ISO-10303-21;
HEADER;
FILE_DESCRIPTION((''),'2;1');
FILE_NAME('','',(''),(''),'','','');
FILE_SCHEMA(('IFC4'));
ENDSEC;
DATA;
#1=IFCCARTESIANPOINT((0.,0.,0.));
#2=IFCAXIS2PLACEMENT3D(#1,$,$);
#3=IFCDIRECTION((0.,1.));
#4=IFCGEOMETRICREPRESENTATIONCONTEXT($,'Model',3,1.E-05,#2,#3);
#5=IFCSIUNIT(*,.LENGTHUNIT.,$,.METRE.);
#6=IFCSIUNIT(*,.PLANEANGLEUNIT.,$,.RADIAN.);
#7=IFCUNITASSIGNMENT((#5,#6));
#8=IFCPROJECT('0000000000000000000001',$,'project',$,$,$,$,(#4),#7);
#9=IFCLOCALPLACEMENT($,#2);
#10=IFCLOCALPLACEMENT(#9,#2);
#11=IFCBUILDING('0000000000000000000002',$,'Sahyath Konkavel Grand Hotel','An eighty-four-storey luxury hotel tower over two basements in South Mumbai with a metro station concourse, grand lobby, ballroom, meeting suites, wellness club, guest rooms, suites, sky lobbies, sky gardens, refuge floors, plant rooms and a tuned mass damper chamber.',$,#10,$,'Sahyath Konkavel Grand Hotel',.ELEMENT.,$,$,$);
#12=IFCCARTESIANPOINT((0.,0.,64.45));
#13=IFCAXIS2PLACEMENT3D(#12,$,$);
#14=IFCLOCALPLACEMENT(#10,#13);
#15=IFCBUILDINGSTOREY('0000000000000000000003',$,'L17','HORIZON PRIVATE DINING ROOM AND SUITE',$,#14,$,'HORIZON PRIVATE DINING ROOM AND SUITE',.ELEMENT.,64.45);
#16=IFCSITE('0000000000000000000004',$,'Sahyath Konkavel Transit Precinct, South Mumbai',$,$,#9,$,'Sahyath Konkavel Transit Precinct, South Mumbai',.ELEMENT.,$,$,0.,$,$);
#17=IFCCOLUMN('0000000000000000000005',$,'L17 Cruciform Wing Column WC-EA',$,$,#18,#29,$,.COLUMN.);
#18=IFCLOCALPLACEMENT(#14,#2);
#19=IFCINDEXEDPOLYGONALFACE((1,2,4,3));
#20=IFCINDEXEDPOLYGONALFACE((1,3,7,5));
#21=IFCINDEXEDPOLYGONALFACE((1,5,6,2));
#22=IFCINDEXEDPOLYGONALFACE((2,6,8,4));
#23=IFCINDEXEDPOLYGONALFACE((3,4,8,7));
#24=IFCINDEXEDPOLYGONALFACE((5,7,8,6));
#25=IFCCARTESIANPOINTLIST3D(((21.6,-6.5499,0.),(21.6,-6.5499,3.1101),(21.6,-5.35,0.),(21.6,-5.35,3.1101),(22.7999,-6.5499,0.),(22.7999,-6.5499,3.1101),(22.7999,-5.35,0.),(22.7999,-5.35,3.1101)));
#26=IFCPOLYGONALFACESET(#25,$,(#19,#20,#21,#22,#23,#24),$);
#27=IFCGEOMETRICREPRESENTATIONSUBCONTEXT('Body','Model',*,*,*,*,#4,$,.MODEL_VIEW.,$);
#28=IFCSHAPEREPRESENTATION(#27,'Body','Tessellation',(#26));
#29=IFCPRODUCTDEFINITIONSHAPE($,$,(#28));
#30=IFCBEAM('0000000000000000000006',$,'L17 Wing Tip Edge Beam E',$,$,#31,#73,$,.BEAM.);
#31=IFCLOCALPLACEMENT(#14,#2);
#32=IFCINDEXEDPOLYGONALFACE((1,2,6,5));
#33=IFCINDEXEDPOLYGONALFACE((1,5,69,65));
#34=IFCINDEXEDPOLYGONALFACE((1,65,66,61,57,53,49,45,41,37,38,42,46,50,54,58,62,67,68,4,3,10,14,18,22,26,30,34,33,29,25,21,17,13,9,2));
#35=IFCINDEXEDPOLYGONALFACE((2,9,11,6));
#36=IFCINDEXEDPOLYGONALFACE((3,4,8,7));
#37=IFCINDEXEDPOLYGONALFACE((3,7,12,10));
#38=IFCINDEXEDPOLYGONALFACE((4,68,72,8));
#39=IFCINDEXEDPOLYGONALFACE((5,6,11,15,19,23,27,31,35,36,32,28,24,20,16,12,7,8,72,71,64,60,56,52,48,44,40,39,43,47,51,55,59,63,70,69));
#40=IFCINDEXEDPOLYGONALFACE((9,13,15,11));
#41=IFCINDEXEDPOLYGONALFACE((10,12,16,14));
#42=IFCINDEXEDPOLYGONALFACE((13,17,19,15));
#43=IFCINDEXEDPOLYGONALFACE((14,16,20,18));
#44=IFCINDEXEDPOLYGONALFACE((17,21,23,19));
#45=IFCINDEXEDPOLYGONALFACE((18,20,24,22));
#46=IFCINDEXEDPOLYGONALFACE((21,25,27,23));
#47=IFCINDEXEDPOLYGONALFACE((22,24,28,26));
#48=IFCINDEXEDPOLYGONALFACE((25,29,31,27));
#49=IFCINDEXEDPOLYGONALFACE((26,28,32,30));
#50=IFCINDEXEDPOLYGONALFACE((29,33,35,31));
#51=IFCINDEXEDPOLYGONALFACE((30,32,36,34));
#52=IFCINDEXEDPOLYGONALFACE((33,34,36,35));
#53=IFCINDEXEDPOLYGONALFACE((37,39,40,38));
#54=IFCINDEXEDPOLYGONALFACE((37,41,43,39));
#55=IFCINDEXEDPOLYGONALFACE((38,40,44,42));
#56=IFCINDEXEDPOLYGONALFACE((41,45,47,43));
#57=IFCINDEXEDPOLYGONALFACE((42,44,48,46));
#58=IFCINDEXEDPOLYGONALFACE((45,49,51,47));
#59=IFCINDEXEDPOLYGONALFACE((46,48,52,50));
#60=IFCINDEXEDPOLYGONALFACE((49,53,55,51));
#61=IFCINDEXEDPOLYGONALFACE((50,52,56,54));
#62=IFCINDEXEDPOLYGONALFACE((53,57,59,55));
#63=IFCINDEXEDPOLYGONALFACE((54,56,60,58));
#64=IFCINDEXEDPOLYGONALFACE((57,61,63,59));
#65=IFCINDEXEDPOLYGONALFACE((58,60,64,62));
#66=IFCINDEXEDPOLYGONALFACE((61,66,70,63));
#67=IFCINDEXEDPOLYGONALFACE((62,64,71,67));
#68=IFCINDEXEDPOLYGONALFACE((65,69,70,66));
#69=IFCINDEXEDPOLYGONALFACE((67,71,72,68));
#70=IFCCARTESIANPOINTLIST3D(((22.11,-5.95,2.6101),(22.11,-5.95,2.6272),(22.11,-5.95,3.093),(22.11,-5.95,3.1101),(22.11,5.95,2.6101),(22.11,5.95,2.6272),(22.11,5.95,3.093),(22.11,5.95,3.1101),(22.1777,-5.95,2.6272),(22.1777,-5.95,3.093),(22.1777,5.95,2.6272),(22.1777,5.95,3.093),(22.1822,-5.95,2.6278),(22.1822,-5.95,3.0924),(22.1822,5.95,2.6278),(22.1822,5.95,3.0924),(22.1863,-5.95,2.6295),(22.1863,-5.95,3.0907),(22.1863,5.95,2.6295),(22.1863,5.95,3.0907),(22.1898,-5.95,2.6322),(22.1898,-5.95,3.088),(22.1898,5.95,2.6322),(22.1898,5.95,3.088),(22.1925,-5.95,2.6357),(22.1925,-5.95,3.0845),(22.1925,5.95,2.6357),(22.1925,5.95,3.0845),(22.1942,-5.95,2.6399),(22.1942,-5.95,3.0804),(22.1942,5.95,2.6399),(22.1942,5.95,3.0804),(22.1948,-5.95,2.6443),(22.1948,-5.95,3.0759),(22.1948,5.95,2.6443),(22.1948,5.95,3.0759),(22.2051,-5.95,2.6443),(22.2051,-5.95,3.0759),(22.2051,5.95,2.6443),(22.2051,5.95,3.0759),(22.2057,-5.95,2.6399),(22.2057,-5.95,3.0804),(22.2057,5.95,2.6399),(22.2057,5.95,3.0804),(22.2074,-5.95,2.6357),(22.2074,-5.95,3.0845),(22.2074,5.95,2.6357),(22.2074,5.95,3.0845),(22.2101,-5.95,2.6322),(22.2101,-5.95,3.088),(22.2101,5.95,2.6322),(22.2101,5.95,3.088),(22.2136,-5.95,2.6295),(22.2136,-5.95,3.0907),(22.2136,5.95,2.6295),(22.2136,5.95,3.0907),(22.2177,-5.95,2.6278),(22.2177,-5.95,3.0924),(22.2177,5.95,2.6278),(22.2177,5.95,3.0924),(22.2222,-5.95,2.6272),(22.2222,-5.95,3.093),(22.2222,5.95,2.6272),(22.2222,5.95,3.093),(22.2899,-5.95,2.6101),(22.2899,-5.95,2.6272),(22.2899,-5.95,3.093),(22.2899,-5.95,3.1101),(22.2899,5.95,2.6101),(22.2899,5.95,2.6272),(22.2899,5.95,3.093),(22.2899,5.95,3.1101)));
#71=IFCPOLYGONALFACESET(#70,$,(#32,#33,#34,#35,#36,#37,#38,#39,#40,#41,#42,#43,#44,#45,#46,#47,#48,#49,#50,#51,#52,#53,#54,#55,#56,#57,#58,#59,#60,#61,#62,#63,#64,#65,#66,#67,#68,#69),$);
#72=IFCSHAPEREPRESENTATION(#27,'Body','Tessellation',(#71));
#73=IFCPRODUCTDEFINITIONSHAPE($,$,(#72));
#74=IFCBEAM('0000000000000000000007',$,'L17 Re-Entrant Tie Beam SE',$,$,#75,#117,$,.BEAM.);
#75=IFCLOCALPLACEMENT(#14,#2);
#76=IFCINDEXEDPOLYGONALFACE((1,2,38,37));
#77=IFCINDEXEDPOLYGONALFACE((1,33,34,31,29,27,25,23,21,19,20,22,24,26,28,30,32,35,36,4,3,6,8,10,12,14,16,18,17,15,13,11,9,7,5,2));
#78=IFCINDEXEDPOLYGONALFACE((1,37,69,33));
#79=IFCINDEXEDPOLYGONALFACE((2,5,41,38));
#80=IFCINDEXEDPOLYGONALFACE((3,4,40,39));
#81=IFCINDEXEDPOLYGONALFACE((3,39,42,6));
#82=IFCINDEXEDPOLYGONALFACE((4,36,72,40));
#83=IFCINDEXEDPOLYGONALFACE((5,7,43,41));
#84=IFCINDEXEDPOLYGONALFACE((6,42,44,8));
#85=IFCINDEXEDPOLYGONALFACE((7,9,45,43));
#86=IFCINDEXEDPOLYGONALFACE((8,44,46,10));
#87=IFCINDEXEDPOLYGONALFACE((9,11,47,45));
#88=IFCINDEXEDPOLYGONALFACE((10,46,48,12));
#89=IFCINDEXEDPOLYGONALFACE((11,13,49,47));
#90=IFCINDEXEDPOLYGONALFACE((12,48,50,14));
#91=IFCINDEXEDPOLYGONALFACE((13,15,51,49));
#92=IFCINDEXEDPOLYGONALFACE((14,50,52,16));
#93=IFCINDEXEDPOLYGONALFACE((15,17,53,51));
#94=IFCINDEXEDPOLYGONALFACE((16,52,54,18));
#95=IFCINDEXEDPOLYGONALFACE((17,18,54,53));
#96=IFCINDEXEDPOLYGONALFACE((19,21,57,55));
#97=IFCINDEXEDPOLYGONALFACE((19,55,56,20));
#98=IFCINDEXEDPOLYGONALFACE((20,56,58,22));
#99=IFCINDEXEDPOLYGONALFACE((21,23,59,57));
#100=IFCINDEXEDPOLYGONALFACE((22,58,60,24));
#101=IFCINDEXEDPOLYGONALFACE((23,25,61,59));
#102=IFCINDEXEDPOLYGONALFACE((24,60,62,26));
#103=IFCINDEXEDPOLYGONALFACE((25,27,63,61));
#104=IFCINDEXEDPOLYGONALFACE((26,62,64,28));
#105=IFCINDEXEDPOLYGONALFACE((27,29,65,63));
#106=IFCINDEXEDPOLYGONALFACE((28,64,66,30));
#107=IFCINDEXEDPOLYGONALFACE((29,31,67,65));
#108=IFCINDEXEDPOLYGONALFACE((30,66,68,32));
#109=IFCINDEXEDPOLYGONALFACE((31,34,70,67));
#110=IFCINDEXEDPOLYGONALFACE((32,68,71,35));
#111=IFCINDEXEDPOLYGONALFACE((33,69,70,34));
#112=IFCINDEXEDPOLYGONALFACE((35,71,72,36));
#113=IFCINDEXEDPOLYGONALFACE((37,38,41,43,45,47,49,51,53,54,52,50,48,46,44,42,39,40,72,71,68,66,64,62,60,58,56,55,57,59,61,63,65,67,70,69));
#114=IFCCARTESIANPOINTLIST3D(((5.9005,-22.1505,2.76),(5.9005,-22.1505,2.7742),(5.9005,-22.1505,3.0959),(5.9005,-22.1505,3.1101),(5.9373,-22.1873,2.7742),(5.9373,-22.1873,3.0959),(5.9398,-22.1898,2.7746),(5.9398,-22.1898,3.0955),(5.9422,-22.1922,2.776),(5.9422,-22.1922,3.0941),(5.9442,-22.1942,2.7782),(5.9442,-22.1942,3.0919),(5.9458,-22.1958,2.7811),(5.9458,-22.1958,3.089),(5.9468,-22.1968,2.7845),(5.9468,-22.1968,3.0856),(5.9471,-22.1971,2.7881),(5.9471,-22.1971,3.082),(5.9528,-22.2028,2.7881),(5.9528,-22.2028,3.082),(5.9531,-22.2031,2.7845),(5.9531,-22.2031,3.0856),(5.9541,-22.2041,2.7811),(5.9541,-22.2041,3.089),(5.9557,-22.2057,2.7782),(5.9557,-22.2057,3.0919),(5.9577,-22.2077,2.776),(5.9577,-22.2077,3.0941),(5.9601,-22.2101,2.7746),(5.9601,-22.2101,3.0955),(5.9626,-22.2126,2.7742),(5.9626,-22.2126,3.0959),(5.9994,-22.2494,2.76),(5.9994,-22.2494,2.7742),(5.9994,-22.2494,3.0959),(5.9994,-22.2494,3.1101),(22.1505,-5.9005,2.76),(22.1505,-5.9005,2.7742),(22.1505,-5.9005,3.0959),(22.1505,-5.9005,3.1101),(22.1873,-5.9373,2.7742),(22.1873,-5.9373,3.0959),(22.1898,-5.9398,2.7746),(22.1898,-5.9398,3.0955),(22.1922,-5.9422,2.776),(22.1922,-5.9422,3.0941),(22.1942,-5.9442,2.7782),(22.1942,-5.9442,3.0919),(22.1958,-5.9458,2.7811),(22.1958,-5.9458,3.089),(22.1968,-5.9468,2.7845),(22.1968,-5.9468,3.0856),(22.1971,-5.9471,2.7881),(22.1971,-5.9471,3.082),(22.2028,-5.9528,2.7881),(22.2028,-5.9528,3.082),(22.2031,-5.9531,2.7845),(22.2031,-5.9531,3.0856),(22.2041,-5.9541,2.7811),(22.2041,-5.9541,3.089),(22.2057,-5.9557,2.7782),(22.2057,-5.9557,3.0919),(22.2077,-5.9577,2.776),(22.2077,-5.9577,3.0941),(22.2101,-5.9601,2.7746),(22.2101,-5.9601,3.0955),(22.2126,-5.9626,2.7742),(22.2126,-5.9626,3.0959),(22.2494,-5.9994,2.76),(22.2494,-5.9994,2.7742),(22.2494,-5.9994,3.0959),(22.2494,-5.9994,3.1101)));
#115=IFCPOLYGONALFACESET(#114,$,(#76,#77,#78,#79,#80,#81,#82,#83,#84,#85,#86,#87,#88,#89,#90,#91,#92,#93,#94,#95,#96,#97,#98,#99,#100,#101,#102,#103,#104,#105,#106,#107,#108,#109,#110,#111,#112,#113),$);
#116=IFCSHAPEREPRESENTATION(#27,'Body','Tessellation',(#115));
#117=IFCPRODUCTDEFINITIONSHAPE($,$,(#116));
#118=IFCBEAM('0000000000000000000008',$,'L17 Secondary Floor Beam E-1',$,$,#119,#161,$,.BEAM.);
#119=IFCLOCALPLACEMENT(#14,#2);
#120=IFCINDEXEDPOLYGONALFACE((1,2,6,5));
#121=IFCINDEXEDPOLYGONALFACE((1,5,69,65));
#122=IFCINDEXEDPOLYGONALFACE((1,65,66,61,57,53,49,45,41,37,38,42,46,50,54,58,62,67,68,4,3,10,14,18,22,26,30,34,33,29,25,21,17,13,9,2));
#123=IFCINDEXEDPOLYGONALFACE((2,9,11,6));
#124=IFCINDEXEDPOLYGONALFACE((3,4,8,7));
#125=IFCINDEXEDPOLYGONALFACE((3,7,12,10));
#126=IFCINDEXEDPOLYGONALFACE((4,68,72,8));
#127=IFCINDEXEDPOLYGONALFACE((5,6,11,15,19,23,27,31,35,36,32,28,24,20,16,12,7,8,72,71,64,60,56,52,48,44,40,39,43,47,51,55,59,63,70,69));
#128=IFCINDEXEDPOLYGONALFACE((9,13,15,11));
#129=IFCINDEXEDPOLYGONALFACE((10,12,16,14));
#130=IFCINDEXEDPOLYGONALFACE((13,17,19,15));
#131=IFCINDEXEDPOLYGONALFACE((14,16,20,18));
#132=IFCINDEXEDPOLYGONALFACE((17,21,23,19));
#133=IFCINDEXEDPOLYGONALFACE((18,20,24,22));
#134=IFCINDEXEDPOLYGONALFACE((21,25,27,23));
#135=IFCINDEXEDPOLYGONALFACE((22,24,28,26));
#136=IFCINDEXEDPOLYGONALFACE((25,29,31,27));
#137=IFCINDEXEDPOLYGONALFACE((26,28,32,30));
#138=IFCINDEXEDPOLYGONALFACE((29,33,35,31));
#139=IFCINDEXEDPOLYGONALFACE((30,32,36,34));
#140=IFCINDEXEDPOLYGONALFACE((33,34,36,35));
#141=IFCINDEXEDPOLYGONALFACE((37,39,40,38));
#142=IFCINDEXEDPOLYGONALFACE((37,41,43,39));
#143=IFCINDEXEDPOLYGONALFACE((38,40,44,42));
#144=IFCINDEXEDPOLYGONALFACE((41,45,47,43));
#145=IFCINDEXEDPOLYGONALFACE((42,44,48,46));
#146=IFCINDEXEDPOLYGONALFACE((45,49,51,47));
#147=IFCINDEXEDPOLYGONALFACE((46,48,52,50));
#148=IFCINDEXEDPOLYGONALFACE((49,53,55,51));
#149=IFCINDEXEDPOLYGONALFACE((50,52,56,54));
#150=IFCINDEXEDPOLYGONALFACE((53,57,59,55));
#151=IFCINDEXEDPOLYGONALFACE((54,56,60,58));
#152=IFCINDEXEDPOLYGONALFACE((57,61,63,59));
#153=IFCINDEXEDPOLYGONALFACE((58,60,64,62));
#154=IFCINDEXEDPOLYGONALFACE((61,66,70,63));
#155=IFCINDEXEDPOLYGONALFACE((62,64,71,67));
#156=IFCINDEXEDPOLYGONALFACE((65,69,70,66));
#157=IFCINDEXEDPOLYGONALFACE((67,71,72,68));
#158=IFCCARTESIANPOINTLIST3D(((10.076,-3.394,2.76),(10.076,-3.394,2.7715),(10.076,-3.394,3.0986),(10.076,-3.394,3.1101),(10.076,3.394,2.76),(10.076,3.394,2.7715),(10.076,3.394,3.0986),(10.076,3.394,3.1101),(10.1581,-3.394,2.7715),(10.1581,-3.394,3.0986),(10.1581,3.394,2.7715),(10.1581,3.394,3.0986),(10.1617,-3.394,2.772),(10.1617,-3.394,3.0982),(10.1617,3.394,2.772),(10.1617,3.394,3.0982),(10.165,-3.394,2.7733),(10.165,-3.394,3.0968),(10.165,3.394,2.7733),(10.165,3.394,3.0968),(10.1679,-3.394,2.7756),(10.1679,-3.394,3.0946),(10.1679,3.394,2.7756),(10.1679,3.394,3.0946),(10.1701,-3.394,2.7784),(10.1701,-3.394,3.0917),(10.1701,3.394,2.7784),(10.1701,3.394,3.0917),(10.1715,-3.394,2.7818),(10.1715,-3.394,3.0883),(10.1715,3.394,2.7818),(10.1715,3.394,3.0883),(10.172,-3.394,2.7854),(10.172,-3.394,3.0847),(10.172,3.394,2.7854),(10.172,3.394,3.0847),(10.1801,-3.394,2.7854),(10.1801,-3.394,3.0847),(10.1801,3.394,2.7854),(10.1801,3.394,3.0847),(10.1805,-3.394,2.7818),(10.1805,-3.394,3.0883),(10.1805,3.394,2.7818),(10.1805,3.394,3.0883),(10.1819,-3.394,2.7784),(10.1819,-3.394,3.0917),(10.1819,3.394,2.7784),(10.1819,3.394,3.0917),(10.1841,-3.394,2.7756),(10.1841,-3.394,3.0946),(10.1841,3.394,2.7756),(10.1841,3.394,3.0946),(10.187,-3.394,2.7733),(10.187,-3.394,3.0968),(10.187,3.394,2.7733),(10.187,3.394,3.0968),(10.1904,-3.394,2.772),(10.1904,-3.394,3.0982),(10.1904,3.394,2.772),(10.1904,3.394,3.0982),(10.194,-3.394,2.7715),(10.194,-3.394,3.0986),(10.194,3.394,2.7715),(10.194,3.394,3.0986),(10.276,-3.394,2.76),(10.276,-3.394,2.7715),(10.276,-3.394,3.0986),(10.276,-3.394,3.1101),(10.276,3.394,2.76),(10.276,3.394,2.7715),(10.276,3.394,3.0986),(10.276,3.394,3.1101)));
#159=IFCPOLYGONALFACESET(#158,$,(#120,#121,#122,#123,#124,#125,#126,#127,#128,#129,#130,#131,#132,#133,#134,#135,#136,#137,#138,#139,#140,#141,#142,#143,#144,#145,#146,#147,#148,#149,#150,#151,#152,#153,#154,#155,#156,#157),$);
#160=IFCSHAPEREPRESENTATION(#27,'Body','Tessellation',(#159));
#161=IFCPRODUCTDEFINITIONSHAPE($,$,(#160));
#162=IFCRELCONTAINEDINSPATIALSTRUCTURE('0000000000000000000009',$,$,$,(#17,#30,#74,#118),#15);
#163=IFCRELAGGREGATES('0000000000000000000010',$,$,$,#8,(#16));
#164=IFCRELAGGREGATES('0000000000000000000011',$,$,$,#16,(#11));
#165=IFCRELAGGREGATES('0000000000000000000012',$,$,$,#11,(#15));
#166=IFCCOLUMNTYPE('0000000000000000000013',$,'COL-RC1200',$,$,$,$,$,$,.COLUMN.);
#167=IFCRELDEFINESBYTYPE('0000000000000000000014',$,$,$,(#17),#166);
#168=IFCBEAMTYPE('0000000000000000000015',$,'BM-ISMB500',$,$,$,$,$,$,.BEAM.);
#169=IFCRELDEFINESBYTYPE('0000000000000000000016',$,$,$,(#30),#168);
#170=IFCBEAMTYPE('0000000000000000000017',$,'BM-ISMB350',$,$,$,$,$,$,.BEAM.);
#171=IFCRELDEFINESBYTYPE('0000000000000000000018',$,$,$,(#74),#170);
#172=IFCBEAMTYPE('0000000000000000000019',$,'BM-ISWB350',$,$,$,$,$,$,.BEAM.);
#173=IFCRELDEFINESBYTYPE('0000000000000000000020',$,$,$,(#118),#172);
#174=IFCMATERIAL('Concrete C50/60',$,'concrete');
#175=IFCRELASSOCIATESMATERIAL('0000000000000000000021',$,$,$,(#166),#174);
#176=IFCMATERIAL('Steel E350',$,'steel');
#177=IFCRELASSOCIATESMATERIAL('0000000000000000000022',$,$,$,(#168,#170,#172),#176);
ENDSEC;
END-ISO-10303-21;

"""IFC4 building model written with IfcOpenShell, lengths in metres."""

from ifc_helpers import new_model, si_unit, direction, frame, origin, origin_2d, place, context, subcontext, project, spatial, rectangle, i_section, extrude, source, transform, mapped, material, material_profile, profile_set, type_object, element, save


model = new_model("IFC4")

# Units and contexts
model_context = context("Model", 3, precision=1e-05, world=origin(), true_north=direction((0.0, 1.0)))
body_context = subcontext(model_context, "Body", "Model", "MODEL_VIEW")
ifc_project = project(units=[si_unit("LENGTHUNIT", "METRE"), si_unit("PLANEANGLEUNIT", "RADIAN")], contexts=[model_context])

# Site, building, storey
site_placement = place(None, origin())
site = spatial("IfcSite", under=ifc_project, at=site_placement, Name="Sahyath Konkavel Transit Precinct, South Mumbai", LongName="Sahyath Konkavel Transit Precinct, South Mumbai", CompositionType="ELEMENT", RefElevation=0.0)
building_placement = place(site_placement, origin())
building = spatial("IfcBuilding", under=site, at=building_placement, Name="Sahyath Konkavel Grand Hotel", Description="An eighty-four-storey luxury hotel tower over two basements in South Mumbai with a metro station concourse, grand lobby, ballroom, meeting suites, wellness club, guest rooms, suites, sky lobbies, sky gardens, refuge floors, plant rooms and a tuned mass damper chamber.", LongName="Sahyath Konkavel Grand Hotel", CompositionType="ELEMENT")
storey_placement = place(building_placement, frame((0.0, 0.0, 64.45)))
storey = spatial("IfcBuildingStorey", under=building, at=storey_placement, Name="L17", Description="HORIZON PRIVATE DINING ROOM AND SUITE", LongName="HORIZON PRIVATE DINING ROOM AND SUITE", CompositionType="ELEMENT", Elevation=64.45)

# Column
ifc_material_1 = material(Name="Concrete C50/60", Category="concrete")
ifc_material_profile_1 = material_profile(ifc_material_1, rectangle(XDim=1.2, YDim=1.2, at=origin_2d()), Name="RC 1200x1200")
ifc_profile_set_1 = profile_set([ifc_material_profile_1], Name="Concrete C50/60")
column_type = type_object("IfcColumnType", Name="COL-RC1200", PredefinedType="COLUMN", material=ifc_profile_set_1)
shared_shape_1 = source(origin(), body_context, "Body", "SweptSolid", [
    extrude(rectangle(XDim=1.2, YDim=1.2, at=origin_2d()), origin(), (0.0, 0.0, 1.0), 3.1101),
])
column_placement = place(storey_placement, frame((22.2, -5.95, 0.0), z_axis=(0.0, 0.0, 1.0), x_axis=(1.0, 0.0, 0.0)))
element("IfcColumn", 1, at=column_placement, inside=storey, type_object=column_type, Name="L17 Cruciform Wing Column WC-EA", PredefinedType="COLUMN", context=body_context, shape_type="MappedRepresentation", body=[
    mapped(shared_shape_1, transform((0.0, 0.0, 0.0), scale=1.0)),
])

# Beams
ifc_material_2 = material(Name="Steel E350", Category="steel")
ifc_material_profile_2 = material_profile(ifc_material_2, i_section(OverallWidth=0.1799, OverallDepth=0.5, WebThickness=0.0103, FlangeThickness=0.0171, FilletRadius=0.0171, at=origin_2d()), Name="ISMB 500")
ifc_profile_set_2 = profile_set([ifc_material_profile_2], Name="Steel E350")
beam_type_1 = type_object("IfcBeamType", Name="BM-ISMB500", PredefinedType="BEAM", material=ifc_profile_set_2)
shared_shape_2 = source(origin(), body_context, "Body", "SweptSolid", [
    extrude(i_section(OverallWidth=0.1799, OverallDepth=0.5, WebThickness=0.0103, FlangeThickness=0.0171, FilletRadius=0.0171, at=origin_2d()), origin(), (0.0, 0.0, 1.0), 11.8999),
])
beam_1_placement = place(storey_placement, frame((22.2, -5.95, 2.8601), z_axis=(0.0, 1.0, 0.0), x_axis=(-1.0, 0.0, 0.0)))
element("IfcBeam", 2, at=beam_1_placement, inside=storey, type_object=beam_type_1, Name="L17 Wing Tip Edge Beam E", PredefinedType="BEAM", context=body_context, shape_type="MappedRepresentation", body=[
    mapped(shared_shape_2, transform((0.0, 0.0, 0.0), scale=1.0)),
])
ifc_material_profile_3 = material_profile(ifc_material_2, i_section(OverallWidth=0.1399, OverallDepth=0.3501, WebThickness=0.0081, FlangeThickness=0.0142, FilletRadius=0.0139, at=origin_2d()), Name="ISMB 350")
ifc_profile_set_3 = profile_set([ifc_material_profile_3], Name="Steel E350")
beam_type_2 = type_object("IfcBeamType", Name="BM-ISMB350", PredefinedType="BEAM", material=ifc_profile_set_3)
shared_shape_3 = source(origin(), body_context, "Body", "SweptSolid", [
    extrude(i_section(OverallWidth=0.1399, OverallDepth=0.3501, WebThickness=0.0081, FlangeThickness=0.0142, FilletRadius=0.0139, at=origin_2d()), origin(), (0.0, 0.0, 1.0), 22.981),
])
beam_2_placement = place(storey_placement, frame((22.2, -5.95, 2.9351), z_axis=(-0.707107, -0.707107, 0.0), x_axis=(0.707107, -0.707107, 0.0)))
element("IfcBeam", 3, at=beam_2_placement, inside=storey, type_object=beam_type_2, Name="L17 Re-Entrant Tie Beam SE", PredefinedType="BEAM", context=body_context, shape_type="MappedRepresentation", body=[
    mapped(shared_shape_3, transform((0.0, 0.0, 0.0), scale=1.0)),
])
ifc_material_profile_4 = material_profile(ifc_material_2, i_section(OverallWidth=0.2, OverallDepth=0.3501, WebThickness=0.0081, FlangeThickness=0.0115, FilletRadius=0.0139, at=origin_2d()), Name="ISWB 350")
ifc_profile_set_4 = profile_set([ifc_material_profile_4], Name="Steel E350")
beam_type_3 = type_object("IfcBeamType", Name="BM-ISWB350", PredefinedType="BEAM", material=ifc_profile_set_4)
shared_shape_4 = source(origin(), body_context, "Body", "SweptSolid", [
    extrude(i_section(OverallWidth=0.2, OverallDepth=0.3501, WebThickness=0.0081, FlangeThickness=0.0115, FilletRadius=0.0139, at=origin_2d()), origin(), (0.0, 0.0, 1.0), 6.7881),
])
beam_3_placement = place(storey_placement, frame((10.176, -3.394, 2.9351), z_axis=(0.0, 1.0, 0.0), x_axis=(-1.0, 0.0, 0.0)))
element("IfcBeam", 4, at=beam_3_placement, inside=storey, type_object=beam_type_3, Name="L17 Secondary Floor Beam E-1", PredefinedType="BEAM", context=body_context, shape_type="MappedRepresentation", body=[
    mapped(shared_shape_4, transform((0.0, 0.0, 0.0), scale=1.0)),
])

save(model, "model.ifc")
